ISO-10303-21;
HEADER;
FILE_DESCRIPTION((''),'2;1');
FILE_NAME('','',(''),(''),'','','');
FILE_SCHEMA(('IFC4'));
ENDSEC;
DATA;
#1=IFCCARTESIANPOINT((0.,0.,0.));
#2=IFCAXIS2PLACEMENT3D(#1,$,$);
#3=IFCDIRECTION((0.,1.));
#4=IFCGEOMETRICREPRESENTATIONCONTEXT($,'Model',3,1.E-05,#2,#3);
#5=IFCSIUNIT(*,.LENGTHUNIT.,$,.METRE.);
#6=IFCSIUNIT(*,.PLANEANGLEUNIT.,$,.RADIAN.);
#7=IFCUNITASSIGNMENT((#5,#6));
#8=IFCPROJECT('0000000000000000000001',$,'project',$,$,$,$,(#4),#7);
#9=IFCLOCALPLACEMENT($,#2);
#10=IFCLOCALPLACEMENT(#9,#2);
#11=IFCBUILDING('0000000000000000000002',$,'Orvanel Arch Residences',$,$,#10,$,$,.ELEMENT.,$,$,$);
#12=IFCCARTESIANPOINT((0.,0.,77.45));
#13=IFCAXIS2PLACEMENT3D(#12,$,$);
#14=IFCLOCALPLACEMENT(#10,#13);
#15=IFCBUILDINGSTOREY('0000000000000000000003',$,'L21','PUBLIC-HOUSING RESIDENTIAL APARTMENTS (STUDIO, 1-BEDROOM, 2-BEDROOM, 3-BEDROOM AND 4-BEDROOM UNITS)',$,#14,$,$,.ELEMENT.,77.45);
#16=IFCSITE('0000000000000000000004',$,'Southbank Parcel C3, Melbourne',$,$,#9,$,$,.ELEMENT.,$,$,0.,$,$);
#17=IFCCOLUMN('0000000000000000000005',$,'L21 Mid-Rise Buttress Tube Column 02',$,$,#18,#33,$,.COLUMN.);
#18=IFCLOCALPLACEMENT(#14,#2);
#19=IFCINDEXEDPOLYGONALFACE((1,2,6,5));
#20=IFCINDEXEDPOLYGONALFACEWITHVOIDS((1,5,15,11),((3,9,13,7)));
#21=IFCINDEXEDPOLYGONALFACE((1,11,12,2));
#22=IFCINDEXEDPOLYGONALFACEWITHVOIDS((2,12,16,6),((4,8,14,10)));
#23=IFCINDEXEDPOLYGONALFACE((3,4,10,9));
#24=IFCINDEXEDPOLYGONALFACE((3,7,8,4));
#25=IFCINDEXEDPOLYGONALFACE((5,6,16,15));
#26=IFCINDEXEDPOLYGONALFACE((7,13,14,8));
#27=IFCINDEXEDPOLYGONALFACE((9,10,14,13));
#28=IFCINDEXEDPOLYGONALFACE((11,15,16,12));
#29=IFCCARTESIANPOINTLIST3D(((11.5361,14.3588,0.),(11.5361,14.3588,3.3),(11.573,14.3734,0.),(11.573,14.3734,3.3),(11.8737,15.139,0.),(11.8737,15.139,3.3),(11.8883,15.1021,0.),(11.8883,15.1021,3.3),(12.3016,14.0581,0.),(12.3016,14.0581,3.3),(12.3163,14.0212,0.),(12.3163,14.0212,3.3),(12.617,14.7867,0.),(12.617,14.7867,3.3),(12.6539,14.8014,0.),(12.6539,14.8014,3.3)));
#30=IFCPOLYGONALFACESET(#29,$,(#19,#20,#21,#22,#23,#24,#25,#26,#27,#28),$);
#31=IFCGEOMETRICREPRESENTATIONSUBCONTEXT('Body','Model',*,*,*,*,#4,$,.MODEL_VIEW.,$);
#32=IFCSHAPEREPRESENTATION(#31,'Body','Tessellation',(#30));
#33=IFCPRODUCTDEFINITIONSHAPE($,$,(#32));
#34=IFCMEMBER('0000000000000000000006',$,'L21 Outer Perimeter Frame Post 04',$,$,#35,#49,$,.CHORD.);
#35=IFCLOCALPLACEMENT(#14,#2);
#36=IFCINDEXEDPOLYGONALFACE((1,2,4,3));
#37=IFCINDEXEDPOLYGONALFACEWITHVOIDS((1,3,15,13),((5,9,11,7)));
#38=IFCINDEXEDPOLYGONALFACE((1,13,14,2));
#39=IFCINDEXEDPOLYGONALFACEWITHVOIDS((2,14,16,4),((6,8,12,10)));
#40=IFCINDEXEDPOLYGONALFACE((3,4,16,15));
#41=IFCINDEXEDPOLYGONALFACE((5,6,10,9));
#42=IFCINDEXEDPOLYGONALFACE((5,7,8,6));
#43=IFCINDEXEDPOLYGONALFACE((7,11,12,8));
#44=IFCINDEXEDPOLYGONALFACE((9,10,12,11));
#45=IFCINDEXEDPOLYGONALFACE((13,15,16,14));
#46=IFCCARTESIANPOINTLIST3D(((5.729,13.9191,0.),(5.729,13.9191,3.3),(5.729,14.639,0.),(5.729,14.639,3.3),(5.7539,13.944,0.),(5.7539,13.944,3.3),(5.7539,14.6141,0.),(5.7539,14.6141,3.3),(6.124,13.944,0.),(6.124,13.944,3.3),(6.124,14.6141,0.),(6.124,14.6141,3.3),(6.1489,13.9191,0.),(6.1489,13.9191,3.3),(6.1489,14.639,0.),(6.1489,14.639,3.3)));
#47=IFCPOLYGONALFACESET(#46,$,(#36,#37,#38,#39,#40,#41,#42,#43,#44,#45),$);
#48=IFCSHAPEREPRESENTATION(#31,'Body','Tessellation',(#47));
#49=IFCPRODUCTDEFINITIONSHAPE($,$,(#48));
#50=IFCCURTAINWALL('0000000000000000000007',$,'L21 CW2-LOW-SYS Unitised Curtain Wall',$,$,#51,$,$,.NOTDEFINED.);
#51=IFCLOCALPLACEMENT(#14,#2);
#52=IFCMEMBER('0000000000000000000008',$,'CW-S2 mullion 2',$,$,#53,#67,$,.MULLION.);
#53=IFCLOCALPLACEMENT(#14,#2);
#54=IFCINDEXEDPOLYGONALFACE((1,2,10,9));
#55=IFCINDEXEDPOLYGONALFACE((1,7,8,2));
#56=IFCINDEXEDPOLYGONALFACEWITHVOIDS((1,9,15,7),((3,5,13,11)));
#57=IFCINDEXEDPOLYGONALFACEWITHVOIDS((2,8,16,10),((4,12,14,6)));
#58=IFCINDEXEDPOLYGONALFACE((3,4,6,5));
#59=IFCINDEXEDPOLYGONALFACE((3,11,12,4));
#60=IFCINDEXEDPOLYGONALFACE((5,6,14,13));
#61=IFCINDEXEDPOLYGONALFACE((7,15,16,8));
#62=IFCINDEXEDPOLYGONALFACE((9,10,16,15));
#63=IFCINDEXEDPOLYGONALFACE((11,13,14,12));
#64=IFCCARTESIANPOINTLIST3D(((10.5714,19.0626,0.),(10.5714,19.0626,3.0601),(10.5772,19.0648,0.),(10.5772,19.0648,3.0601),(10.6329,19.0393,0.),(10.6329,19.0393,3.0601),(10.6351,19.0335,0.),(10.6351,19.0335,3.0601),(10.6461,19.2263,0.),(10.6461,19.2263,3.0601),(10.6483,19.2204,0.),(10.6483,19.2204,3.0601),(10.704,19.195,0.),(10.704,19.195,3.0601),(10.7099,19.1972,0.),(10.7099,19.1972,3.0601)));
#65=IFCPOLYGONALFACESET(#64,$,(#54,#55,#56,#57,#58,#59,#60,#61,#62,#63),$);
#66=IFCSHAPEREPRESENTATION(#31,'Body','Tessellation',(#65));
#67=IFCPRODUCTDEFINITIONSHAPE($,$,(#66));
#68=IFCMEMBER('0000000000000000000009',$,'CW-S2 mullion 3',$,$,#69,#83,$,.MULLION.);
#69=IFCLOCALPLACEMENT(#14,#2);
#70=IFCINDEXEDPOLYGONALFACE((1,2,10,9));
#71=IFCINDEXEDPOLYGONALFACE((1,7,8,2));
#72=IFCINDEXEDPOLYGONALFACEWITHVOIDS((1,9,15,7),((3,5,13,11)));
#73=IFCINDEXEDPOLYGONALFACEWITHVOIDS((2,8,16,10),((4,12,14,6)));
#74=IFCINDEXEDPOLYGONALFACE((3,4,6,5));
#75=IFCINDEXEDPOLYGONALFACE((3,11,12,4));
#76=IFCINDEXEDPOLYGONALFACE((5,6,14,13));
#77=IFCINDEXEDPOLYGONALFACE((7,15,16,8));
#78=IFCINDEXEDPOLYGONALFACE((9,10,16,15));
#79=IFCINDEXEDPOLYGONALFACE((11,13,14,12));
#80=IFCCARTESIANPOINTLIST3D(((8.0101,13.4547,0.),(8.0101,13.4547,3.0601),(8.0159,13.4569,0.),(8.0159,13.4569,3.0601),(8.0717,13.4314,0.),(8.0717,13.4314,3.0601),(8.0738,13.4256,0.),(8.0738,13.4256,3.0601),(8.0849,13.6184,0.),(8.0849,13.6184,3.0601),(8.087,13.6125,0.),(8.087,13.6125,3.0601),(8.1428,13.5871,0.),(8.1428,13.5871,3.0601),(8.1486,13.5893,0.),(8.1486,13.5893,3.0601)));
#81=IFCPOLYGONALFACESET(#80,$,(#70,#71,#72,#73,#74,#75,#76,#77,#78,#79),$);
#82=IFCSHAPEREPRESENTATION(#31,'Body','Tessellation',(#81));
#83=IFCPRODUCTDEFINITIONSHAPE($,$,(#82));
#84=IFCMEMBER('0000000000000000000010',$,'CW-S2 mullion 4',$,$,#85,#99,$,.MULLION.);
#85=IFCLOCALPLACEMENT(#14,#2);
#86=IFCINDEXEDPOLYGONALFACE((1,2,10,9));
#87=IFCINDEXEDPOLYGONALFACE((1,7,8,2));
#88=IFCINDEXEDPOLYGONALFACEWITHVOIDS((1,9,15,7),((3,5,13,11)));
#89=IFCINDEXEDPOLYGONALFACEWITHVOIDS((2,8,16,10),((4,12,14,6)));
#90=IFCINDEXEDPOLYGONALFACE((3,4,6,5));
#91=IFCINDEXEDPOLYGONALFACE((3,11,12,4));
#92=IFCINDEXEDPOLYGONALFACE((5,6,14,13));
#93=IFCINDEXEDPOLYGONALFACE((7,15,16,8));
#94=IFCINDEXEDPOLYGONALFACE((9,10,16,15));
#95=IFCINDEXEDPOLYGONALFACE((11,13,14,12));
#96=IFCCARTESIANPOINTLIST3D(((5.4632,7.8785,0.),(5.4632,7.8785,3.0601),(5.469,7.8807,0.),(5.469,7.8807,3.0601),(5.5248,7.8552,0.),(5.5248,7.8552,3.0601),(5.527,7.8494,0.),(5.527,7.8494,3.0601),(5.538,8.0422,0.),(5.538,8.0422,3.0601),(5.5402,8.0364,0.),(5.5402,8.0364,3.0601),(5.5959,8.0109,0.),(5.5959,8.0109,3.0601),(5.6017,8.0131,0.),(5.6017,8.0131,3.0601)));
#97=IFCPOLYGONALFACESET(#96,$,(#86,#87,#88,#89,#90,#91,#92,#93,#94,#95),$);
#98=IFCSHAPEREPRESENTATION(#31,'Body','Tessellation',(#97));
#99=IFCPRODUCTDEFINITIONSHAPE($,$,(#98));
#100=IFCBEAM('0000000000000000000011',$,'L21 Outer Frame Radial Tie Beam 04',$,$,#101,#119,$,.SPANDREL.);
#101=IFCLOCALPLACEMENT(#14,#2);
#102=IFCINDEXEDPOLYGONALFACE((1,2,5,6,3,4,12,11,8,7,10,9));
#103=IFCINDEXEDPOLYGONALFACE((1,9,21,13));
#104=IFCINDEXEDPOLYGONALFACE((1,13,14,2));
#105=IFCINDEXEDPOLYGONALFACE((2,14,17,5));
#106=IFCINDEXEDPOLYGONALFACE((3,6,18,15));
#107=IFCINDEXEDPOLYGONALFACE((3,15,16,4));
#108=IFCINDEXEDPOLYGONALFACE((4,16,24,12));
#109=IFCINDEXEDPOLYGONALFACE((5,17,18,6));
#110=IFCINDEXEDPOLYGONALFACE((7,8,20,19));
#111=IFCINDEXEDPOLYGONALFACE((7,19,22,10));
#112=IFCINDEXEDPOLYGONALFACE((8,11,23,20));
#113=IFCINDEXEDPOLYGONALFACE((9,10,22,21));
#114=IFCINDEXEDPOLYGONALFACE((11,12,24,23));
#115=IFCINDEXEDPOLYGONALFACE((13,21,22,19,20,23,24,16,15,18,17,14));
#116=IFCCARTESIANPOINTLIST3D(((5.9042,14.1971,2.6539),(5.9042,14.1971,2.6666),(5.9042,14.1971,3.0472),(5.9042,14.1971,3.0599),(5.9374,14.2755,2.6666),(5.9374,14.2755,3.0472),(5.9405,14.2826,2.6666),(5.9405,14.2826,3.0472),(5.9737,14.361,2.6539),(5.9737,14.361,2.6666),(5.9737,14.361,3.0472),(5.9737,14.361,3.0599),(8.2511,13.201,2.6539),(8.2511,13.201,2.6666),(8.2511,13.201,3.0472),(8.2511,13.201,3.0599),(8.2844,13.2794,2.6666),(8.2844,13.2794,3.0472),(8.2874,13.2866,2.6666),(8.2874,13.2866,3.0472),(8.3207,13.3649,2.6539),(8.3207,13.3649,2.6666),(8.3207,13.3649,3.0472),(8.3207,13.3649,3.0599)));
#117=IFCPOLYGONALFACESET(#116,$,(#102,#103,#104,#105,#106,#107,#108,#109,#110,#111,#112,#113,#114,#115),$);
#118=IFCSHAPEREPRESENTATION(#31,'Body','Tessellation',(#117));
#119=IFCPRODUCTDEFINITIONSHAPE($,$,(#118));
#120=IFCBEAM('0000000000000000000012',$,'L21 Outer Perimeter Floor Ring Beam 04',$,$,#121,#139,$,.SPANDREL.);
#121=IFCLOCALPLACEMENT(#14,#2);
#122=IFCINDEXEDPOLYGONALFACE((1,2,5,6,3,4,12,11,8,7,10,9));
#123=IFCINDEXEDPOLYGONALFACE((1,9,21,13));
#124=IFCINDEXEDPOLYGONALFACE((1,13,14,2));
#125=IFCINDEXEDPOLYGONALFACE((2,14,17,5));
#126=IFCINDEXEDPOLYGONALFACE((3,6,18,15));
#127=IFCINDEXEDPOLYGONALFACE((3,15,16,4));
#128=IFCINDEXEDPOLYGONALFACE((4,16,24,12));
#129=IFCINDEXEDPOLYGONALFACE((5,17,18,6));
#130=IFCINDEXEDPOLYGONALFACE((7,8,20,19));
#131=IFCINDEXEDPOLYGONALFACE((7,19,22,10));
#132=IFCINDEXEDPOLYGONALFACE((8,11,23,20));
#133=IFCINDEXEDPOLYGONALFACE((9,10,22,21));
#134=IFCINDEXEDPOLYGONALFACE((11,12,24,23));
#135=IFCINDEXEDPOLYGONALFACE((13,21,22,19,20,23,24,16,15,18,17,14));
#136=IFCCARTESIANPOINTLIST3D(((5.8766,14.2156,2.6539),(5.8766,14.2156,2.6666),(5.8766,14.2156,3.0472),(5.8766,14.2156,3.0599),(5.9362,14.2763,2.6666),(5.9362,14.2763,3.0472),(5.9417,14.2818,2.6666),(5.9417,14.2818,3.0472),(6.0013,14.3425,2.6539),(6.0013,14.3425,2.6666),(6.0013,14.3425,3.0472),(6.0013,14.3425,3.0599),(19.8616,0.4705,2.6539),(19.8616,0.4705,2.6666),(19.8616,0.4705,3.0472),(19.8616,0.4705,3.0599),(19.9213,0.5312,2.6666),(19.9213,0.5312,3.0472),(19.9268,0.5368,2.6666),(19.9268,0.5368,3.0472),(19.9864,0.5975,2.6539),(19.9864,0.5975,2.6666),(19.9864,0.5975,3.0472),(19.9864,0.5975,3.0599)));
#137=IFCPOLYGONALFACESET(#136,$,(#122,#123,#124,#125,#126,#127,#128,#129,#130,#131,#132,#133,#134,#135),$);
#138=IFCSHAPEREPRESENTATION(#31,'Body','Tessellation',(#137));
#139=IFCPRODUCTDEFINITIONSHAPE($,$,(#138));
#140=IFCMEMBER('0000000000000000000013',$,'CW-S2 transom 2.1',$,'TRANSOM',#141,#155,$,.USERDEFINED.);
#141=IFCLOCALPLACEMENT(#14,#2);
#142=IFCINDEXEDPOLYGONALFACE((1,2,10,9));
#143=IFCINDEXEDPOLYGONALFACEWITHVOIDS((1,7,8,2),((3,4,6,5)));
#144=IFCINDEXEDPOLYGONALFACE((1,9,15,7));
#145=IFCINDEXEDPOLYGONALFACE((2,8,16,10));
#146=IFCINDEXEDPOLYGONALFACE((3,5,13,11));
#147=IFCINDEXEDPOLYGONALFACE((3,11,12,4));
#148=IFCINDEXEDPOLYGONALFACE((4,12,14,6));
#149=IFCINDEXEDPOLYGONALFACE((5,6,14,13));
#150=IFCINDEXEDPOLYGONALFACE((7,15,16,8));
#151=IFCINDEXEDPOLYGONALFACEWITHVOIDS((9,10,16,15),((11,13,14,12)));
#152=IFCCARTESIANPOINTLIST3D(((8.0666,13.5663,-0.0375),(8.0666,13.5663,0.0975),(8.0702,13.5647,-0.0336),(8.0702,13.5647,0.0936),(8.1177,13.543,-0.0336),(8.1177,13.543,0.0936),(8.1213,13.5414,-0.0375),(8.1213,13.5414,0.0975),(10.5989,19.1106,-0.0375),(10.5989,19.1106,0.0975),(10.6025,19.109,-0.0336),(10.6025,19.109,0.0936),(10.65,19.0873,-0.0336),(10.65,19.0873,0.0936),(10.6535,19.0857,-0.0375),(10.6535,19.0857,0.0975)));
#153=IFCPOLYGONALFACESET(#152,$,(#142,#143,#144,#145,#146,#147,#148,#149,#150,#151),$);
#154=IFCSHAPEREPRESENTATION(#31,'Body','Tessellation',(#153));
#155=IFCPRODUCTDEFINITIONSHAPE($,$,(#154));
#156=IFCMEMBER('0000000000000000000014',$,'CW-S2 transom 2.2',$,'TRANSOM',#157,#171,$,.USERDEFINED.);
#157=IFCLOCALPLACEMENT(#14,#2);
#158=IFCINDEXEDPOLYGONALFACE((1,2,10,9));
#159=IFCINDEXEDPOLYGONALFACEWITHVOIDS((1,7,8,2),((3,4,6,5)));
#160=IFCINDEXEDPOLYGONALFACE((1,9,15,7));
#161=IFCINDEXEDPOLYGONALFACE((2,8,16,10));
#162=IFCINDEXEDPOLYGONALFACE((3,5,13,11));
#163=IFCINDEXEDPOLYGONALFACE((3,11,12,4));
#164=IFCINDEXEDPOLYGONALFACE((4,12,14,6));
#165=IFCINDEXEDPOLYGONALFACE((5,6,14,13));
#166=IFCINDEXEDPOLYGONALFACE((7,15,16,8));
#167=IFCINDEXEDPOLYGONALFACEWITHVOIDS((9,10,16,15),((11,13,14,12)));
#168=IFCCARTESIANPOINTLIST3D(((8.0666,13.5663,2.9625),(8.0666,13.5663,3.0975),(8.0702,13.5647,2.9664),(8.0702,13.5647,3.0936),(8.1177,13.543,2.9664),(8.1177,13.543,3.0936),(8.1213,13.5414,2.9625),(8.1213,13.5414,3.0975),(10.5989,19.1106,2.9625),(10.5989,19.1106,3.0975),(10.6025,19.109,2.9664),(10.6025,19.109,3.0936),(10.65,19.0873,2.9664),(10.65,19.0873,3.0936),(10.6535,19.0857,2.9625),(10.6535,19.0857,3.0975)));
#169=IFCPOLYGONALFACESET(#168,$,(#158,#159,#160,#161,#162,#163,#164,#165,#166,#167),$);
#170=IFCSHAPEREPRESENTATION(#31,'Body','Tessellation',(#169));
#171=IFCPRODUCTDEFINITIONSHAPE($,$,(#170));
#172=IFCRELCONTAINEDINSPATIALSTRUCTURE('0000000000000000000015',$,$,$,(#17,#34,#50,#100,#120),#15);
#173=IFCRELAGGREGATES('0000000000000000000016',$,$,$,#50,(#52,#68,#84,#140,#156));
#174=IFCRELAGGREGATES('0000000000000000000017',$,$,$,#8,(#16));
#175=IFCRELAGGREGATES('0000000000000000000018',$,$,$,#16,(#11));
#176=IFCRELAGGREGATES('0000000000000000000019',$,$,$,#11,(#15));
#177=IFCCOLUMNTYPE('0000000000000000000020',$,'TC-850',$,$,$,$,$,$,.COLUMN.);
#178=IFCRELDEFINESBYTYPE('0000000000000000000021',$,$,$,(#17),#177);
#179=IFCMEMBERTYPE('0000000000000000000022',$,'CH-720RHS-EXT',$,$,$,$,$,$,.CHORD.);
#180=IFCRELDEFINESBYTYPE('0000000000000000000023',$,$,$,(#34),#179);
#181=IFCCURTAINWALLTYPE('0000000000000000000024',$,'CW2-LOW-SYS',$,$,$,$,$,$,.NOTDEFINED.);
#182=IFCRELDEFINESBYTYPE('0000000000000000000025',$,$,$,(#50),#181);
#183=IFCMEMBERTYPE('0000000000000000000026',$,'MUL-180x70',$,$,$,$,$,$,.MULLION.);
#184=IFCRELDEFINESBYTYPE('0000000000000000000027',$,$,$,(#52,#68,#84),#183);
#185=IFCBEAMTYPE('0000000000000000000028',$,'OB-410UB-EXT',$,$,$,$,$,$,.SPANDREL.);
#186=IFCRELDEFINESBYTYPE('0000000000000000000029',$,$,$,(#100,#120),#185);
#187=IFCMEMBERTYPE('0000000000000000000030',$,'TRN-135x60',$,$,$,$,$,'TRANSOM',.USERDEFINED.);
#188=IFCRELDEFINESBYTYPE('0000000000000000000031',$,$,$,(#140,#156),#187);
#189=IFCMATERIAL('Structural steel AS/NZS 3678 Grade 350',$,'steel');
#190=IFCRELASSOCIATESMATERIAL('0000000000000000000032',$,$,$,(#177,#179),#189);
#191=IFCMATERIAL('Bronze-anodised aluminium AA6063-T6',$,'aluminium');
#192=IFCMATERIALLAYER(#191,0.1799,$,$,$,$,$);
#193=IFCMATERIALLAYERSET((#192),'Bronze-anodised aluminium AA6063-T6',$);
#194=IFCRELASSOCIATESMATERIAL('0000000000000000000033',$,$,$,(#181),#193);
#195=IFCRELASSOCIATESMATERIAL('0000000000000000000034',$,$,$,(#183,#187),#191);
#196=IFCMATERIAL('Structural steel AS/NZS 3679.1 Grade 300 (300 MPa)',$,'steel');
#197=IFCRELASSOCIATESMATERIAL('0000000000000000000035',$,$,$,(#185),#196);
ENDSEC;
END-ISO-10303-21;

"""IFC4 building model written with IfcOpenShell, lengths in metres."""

from ifc_helpers import new_model, si_unit, direction, frame, origin, origin_2d, place, context, subcontext, project, spatial, hollow_rectangle, i_section, extrude, material, layer, layer_set, material_profile, profile_set, type_object, element, aggregate, save


model = new_model("IFC4")

# Units and contexts
model_context = context("Model", 3, precision=1e-05, world=origin(), true_north=direction((0.0, 1.0)))
body_context = subcontext(model_context, "Body", "Model", "MODEL_VIEW")
ifc_project = project(units=[si_unit("LENGTHUNIT", "METRE"), si_unit("PLANEANGLEUNIT", "RADIAN")], contexts=[model_context])

# Site, building, storey
site_placement = place(None, origin())
site = spatial("IfcSite", under=ifc_project, at=site_placement, Name="Southbank Parcel C3, Melbourne", CompositionType="ELEMENT", RefElevation=0.0)
building_placement = place(site_placement, origin())
building = spatial("IfcBuilding", under=site, at=building_placement, Name="Orvanel Arch Residences", CompositionType="ELEMENT")
storey_placement = place(building_placement, frame((0.0, 0.0, 77.45)))
storey = spatial("IfcBuildingStorey", under=building, at=storey_placement, Name="L21", Description="PUBLIC-HOUSING RESIDENTIAL APARTMENTS (STUDIO, 1-BEDROOM, 2-BEDROOM, 3-BEDROOM AND 4-BEDROOM UNITS)", CompositionType="ELEMENT", Elevation=77.45)

# Column
ifc_material_1 = material(Name="Structural steel AS/NZS 3678 Grade 350", Category="steel")
ifc_material_profile_1 = material_profile(ifc_material_1, hollow_rectangle(XDim=0.8501, YDim=0.8501, WallThickness=0.0281, at=origin_2d()), Name="BOX850x850x28")
ifc_profile_set_1 = profile_set([ifc_material_profile_1], Name="Structural steel AS/NZS 3678 Grade 350")
column_type = type_object("IfcColumnType", Name="TC-850", PredefinedType="COLUMN", material=ifc_profile_set_1)
column_placement = place(storey_placement, frame((12.095, 14.5801, 0.0), z_axis=(0.0, 0.0, 1.0), x_axis=(0.397148, 0.917755, 0.0)))
element("IfcColumn", 1, at=column_placement, inside=storey, type_object=column_type, Name="L21 Mid-Rise Buttress Tube Column 02", PredefinedType="COLUMN", context=body_context, shape_type="SweptSolid", body=[
    extrude(hollow_rectangle(XDim=0.8501, YDim=0.8501, WallThickness=0.0281, at=origin_2d()), origin(), (0.0, 0.0, 1.0), 3.3),
])

# Member
ifc_material_profile_2 = material_profile(ifc_material_1, hollow_rectangle(XDim=0.4199, YDim=0.72, WallThickness=0.0249, at=origin_2d()), Name="RHS720x420x25")
ifc_profile_set_2 = profile_set([ifc_material_profile_2], Name="Structural steel AS/NZS 3678 Grade 350")
member_type_1 = type_object("IfcMemberType", Name="CH-720RHS-EXT", PredefinedType="CHORD", material=ifc_profile_set_2)
member_1_placement = place(storey_placement, frame((5.939, 14.2791, 0.0), z_axis=(0.0, 0.0, 1.0), x_axis=(1.0, 0.0, 0.0)))
element("IfcMember", 2, at=member_1_placement, inside=storey, type_object=member_type_1, Name="L21 Outer Perimeter Frame Post 04", PredefinedType="CHORD", context=body_context, shape_type="SweptSolid", body=[
    extrude(hollow_rectangle(XDim=0.4199, YDim=0.72, WallThickness=0.0249, at=origin_2d()), origin(), (0.0, 0.0, 1.0), 3.3),
])

# Curtain wall, members
ifc_material_2 = material(Name="Bronze-anodised aluminium AA6063-T6", Category="aluminium")
ifc_layer_1 = layer(ifc_material_2, 0.1799)
ifc_layer_set_1 = layer_set([ifc_layer_1], Name="Bronze-anodised aluminium AA6063-T6")
curtain_wall_type = type_object("IfcCurtainWallType", Name="CW2-LOW-SYS", PredefinedType="NOTDEFINED", material=ifc_layer_set_1)
curtain_wall_placement = place(storey_placement, origin())
curtain_wall = element("IfcCurtainWall", 3, at=curtain_wall_placement, inside=storey, type_object=curtain_wall_type, Name="L21 CW2-LOW-SYS Unitised Curtain Wall", PredefinedType="NOTDEFINED")
ifc_material_profile_3 = material_profile(ifc_material_2, hollow_rectangle(XDim=0.0701, YDim=0.1799, WallThickness=0.0044, at=origin_2d()), Name="ALU180x70x4.5")
ifc_profile_set_3 = profile_set([ifc_material_profile_3], Name="Bronze-anodised aluminium AA6063-T6")
member_type_2 = type_object("IfcMemberType", Name="MUL-180x70", PredefinedType="MULLION", material=ifc_profile_set_3)
member_2_placement = place(storey_placement, frame((10.6406, 19.1299, 0.0), z_axis=(0.0, 0.0, 1.0), x_axis=(0.909617, -0.415448, 0.0)))
member_2 = element("IfcMember", 4, at=member_2_placement, type_object=member_type_2, Name="CW-S2 mullion 2", PredefinedType="MULLION", context=body_context, shape_type="SweptSolid", body=[
    extrude(hollow_rectangle(XDim=0.0701, YDim=0.1799, WallThickness=0.0044, at=origin_2d()), origin(), (0.0, 0.0, 1.0), 3.0601),
])
member_3_placement = place(storey_placement, frame((8.0793, 13.522, 0.0), z_axis=(0.0, 0.0, 1.0), x_axis=(0.909617, -0.415448, 0.0)))
member_3 = element("IfcMember", 5, at=member_3_placement, type_object=member_type_2, Name="CW-S2 mullion 3", PredefinedType="MULLION", context=body_context, shape_type="SweptSolid", body=[
    extrude(hollow_rectangle(XDim=0.0701, YDim=0.1799, WallThickness=0.0044, at=origin_2d()), origin(), (0.0, 0.0, 1.0), 3.0601),
])
member_4_placement = place(storey_placement, frame((5.5325, 7.9458, 0.0), z_axis=(0.0, 0.0, 1.0), x_axis=(0.909617, -0.415448, 0.0)))
member_4 = element("IfcMember", 6, at=member_4_placement, type_object=member_type_2, Name="CW-S2 mullion 4", PredefinedType="MULLION", context=body_context, shape_type="SweptSolid", body=[
    extrude(hollow_rectangle(XDim=0.0701, YDim=0.1799, WallThickness=0.0044, at=origin_2d()), origin(), (0.0, 0.0, 1.0), 3.0601),
])

# Beams
ifc_material_3 = material(Name="Structural steel AS/NZS 3679.1 Grade 300 (300 MPa)", Category="steel")
ifc_material_profile_4 = material_profile(ifc_material_3, i_section(OverallWidth=0.178, OverallDepth=0.406, WebThickness=0.0078, FlangeThickness=0.0127, at=origin_2d()), Name="410UB59.7")
ifc_profile_set_4 = profile_set([ifc_material_profile_4], Name="Structural steel AS/NZS 3679.1 Grade 300 (300 MPa)")
beam_type = type_object("IfcBeamType", Name="OB-410UB-EXT", PredefinedType="SPANDREL", material=ifc_profile_set_4)
beam_1_placement = place(storey_placement, frame((8.2859, 13.283, 2.8569), z_axis=(-0.920521, 0.390692, 0.0), x_axis=(-0.390692, -0.920521, 0.0)))
element("IfcBeam", 7, at=beam_1_placement, inside=storey, type_object=beam_type, Name="L21 Outer Frame Radial Tie Beam 04", PredefinedType="SPANDREL", context=body_context, shape_type="SweptSolid", body=[
    extrude(i_section(OverallWidth=0.178, OverallDepth=0.406, WebThickness=0.0078, FlangeThickness=0.0127, at=origin_2d()), origin(), (0.0, 0.0, 1.0), 2.5496),
])
beam_2_placement = place(storey_placement, frame((5.939, 14.2791, 2.8569), z_axis=(0.7132, -0.700961, 0.0), x_axis=(0.700961, 0.7132, 0.0)))
element("IfcBeam", 8, at=beam_2_placement, inside=storey, type_object=beam_type, Name="L21 Outer Perimeter Floor Ring Beam 04", PredefinedType="SPANDREL", context=body_context, shape_type="SweptSolid", body=[
    extrude(i_section(OverallWidth=0.178, OverallDepth=0.406, WebThickness=0.0078, FlangeThickness=0.0127, at=origin_2d()), origin(), (0.0, 0.0, 1.0), 19.6089),
])

# Members
ifc_material_profile_5 = material_profile(ifc_material_2, hollow_rectangle(XDim=0.0601, YDim=0.135, WallThickness=0.0039, at=origin_2d()), Name="ALU135x60x4")
ifc_profile_set_5 = profile_set([ifc_material_profile_5], Name="Bronze-anodised aluminium AA6063-T6")
member_type_3 = type_object("IfcMemberType", Name="TRN-135x60", ElementType="TRANSOM", PredefinedType="USERDEFINED", material=ifc_profile_set_5)
member_5_placement = place(storey_placement, frame((10.6262, 19.0981, 0.03), z_axis=(-0.415453, -0.909615, 0.0), x_axis=(0.909615, -0.415453, 0.0)))
member_5 = element("IfcMember", 9, at=member_5_placement, type_object=member_type_3, Name="CW-S2 transom 2.1", ObjectType="TRANSOM", PredefinedType="USERDEFINED", context=body_context, shape_type="SweptSolid", body=[
    extrude(hollow_rectangle(XDim=0.0601, YDim=0.135, WallThickness=0.0039, at=origin_2d()), origin(), (0.0, 0.0, 1.0), 6.0952),
])
member_6_placement = place(storey_placement, frame((10.6262, 19.0981, 3.03), z_axis=(-0.415453, -0.909615, 0.0), x_axis=(0.909615, -0.415453, 0.0)))
member_6 = element("IfcMember", 10, at=member_6_placement, type_object=member_type_3, Name="CW-S2 transom 2.2", ObjectType="TRANSOM", PredefinedType="USERDEFINED", context=body_context, shape_type="SweptSolid", body=[
    extrude(hollow_rectangle(XDim=0.0601, YDim=0.135, WallThickness=0.0039, at=origin_2d()), origin(), (0.0, 0.0, 1.0), 6.0952),
])

aggregate(curtain_wall, [member_2, member_3, member_4, member_5, member_6])

save(model, "model.ifc")
